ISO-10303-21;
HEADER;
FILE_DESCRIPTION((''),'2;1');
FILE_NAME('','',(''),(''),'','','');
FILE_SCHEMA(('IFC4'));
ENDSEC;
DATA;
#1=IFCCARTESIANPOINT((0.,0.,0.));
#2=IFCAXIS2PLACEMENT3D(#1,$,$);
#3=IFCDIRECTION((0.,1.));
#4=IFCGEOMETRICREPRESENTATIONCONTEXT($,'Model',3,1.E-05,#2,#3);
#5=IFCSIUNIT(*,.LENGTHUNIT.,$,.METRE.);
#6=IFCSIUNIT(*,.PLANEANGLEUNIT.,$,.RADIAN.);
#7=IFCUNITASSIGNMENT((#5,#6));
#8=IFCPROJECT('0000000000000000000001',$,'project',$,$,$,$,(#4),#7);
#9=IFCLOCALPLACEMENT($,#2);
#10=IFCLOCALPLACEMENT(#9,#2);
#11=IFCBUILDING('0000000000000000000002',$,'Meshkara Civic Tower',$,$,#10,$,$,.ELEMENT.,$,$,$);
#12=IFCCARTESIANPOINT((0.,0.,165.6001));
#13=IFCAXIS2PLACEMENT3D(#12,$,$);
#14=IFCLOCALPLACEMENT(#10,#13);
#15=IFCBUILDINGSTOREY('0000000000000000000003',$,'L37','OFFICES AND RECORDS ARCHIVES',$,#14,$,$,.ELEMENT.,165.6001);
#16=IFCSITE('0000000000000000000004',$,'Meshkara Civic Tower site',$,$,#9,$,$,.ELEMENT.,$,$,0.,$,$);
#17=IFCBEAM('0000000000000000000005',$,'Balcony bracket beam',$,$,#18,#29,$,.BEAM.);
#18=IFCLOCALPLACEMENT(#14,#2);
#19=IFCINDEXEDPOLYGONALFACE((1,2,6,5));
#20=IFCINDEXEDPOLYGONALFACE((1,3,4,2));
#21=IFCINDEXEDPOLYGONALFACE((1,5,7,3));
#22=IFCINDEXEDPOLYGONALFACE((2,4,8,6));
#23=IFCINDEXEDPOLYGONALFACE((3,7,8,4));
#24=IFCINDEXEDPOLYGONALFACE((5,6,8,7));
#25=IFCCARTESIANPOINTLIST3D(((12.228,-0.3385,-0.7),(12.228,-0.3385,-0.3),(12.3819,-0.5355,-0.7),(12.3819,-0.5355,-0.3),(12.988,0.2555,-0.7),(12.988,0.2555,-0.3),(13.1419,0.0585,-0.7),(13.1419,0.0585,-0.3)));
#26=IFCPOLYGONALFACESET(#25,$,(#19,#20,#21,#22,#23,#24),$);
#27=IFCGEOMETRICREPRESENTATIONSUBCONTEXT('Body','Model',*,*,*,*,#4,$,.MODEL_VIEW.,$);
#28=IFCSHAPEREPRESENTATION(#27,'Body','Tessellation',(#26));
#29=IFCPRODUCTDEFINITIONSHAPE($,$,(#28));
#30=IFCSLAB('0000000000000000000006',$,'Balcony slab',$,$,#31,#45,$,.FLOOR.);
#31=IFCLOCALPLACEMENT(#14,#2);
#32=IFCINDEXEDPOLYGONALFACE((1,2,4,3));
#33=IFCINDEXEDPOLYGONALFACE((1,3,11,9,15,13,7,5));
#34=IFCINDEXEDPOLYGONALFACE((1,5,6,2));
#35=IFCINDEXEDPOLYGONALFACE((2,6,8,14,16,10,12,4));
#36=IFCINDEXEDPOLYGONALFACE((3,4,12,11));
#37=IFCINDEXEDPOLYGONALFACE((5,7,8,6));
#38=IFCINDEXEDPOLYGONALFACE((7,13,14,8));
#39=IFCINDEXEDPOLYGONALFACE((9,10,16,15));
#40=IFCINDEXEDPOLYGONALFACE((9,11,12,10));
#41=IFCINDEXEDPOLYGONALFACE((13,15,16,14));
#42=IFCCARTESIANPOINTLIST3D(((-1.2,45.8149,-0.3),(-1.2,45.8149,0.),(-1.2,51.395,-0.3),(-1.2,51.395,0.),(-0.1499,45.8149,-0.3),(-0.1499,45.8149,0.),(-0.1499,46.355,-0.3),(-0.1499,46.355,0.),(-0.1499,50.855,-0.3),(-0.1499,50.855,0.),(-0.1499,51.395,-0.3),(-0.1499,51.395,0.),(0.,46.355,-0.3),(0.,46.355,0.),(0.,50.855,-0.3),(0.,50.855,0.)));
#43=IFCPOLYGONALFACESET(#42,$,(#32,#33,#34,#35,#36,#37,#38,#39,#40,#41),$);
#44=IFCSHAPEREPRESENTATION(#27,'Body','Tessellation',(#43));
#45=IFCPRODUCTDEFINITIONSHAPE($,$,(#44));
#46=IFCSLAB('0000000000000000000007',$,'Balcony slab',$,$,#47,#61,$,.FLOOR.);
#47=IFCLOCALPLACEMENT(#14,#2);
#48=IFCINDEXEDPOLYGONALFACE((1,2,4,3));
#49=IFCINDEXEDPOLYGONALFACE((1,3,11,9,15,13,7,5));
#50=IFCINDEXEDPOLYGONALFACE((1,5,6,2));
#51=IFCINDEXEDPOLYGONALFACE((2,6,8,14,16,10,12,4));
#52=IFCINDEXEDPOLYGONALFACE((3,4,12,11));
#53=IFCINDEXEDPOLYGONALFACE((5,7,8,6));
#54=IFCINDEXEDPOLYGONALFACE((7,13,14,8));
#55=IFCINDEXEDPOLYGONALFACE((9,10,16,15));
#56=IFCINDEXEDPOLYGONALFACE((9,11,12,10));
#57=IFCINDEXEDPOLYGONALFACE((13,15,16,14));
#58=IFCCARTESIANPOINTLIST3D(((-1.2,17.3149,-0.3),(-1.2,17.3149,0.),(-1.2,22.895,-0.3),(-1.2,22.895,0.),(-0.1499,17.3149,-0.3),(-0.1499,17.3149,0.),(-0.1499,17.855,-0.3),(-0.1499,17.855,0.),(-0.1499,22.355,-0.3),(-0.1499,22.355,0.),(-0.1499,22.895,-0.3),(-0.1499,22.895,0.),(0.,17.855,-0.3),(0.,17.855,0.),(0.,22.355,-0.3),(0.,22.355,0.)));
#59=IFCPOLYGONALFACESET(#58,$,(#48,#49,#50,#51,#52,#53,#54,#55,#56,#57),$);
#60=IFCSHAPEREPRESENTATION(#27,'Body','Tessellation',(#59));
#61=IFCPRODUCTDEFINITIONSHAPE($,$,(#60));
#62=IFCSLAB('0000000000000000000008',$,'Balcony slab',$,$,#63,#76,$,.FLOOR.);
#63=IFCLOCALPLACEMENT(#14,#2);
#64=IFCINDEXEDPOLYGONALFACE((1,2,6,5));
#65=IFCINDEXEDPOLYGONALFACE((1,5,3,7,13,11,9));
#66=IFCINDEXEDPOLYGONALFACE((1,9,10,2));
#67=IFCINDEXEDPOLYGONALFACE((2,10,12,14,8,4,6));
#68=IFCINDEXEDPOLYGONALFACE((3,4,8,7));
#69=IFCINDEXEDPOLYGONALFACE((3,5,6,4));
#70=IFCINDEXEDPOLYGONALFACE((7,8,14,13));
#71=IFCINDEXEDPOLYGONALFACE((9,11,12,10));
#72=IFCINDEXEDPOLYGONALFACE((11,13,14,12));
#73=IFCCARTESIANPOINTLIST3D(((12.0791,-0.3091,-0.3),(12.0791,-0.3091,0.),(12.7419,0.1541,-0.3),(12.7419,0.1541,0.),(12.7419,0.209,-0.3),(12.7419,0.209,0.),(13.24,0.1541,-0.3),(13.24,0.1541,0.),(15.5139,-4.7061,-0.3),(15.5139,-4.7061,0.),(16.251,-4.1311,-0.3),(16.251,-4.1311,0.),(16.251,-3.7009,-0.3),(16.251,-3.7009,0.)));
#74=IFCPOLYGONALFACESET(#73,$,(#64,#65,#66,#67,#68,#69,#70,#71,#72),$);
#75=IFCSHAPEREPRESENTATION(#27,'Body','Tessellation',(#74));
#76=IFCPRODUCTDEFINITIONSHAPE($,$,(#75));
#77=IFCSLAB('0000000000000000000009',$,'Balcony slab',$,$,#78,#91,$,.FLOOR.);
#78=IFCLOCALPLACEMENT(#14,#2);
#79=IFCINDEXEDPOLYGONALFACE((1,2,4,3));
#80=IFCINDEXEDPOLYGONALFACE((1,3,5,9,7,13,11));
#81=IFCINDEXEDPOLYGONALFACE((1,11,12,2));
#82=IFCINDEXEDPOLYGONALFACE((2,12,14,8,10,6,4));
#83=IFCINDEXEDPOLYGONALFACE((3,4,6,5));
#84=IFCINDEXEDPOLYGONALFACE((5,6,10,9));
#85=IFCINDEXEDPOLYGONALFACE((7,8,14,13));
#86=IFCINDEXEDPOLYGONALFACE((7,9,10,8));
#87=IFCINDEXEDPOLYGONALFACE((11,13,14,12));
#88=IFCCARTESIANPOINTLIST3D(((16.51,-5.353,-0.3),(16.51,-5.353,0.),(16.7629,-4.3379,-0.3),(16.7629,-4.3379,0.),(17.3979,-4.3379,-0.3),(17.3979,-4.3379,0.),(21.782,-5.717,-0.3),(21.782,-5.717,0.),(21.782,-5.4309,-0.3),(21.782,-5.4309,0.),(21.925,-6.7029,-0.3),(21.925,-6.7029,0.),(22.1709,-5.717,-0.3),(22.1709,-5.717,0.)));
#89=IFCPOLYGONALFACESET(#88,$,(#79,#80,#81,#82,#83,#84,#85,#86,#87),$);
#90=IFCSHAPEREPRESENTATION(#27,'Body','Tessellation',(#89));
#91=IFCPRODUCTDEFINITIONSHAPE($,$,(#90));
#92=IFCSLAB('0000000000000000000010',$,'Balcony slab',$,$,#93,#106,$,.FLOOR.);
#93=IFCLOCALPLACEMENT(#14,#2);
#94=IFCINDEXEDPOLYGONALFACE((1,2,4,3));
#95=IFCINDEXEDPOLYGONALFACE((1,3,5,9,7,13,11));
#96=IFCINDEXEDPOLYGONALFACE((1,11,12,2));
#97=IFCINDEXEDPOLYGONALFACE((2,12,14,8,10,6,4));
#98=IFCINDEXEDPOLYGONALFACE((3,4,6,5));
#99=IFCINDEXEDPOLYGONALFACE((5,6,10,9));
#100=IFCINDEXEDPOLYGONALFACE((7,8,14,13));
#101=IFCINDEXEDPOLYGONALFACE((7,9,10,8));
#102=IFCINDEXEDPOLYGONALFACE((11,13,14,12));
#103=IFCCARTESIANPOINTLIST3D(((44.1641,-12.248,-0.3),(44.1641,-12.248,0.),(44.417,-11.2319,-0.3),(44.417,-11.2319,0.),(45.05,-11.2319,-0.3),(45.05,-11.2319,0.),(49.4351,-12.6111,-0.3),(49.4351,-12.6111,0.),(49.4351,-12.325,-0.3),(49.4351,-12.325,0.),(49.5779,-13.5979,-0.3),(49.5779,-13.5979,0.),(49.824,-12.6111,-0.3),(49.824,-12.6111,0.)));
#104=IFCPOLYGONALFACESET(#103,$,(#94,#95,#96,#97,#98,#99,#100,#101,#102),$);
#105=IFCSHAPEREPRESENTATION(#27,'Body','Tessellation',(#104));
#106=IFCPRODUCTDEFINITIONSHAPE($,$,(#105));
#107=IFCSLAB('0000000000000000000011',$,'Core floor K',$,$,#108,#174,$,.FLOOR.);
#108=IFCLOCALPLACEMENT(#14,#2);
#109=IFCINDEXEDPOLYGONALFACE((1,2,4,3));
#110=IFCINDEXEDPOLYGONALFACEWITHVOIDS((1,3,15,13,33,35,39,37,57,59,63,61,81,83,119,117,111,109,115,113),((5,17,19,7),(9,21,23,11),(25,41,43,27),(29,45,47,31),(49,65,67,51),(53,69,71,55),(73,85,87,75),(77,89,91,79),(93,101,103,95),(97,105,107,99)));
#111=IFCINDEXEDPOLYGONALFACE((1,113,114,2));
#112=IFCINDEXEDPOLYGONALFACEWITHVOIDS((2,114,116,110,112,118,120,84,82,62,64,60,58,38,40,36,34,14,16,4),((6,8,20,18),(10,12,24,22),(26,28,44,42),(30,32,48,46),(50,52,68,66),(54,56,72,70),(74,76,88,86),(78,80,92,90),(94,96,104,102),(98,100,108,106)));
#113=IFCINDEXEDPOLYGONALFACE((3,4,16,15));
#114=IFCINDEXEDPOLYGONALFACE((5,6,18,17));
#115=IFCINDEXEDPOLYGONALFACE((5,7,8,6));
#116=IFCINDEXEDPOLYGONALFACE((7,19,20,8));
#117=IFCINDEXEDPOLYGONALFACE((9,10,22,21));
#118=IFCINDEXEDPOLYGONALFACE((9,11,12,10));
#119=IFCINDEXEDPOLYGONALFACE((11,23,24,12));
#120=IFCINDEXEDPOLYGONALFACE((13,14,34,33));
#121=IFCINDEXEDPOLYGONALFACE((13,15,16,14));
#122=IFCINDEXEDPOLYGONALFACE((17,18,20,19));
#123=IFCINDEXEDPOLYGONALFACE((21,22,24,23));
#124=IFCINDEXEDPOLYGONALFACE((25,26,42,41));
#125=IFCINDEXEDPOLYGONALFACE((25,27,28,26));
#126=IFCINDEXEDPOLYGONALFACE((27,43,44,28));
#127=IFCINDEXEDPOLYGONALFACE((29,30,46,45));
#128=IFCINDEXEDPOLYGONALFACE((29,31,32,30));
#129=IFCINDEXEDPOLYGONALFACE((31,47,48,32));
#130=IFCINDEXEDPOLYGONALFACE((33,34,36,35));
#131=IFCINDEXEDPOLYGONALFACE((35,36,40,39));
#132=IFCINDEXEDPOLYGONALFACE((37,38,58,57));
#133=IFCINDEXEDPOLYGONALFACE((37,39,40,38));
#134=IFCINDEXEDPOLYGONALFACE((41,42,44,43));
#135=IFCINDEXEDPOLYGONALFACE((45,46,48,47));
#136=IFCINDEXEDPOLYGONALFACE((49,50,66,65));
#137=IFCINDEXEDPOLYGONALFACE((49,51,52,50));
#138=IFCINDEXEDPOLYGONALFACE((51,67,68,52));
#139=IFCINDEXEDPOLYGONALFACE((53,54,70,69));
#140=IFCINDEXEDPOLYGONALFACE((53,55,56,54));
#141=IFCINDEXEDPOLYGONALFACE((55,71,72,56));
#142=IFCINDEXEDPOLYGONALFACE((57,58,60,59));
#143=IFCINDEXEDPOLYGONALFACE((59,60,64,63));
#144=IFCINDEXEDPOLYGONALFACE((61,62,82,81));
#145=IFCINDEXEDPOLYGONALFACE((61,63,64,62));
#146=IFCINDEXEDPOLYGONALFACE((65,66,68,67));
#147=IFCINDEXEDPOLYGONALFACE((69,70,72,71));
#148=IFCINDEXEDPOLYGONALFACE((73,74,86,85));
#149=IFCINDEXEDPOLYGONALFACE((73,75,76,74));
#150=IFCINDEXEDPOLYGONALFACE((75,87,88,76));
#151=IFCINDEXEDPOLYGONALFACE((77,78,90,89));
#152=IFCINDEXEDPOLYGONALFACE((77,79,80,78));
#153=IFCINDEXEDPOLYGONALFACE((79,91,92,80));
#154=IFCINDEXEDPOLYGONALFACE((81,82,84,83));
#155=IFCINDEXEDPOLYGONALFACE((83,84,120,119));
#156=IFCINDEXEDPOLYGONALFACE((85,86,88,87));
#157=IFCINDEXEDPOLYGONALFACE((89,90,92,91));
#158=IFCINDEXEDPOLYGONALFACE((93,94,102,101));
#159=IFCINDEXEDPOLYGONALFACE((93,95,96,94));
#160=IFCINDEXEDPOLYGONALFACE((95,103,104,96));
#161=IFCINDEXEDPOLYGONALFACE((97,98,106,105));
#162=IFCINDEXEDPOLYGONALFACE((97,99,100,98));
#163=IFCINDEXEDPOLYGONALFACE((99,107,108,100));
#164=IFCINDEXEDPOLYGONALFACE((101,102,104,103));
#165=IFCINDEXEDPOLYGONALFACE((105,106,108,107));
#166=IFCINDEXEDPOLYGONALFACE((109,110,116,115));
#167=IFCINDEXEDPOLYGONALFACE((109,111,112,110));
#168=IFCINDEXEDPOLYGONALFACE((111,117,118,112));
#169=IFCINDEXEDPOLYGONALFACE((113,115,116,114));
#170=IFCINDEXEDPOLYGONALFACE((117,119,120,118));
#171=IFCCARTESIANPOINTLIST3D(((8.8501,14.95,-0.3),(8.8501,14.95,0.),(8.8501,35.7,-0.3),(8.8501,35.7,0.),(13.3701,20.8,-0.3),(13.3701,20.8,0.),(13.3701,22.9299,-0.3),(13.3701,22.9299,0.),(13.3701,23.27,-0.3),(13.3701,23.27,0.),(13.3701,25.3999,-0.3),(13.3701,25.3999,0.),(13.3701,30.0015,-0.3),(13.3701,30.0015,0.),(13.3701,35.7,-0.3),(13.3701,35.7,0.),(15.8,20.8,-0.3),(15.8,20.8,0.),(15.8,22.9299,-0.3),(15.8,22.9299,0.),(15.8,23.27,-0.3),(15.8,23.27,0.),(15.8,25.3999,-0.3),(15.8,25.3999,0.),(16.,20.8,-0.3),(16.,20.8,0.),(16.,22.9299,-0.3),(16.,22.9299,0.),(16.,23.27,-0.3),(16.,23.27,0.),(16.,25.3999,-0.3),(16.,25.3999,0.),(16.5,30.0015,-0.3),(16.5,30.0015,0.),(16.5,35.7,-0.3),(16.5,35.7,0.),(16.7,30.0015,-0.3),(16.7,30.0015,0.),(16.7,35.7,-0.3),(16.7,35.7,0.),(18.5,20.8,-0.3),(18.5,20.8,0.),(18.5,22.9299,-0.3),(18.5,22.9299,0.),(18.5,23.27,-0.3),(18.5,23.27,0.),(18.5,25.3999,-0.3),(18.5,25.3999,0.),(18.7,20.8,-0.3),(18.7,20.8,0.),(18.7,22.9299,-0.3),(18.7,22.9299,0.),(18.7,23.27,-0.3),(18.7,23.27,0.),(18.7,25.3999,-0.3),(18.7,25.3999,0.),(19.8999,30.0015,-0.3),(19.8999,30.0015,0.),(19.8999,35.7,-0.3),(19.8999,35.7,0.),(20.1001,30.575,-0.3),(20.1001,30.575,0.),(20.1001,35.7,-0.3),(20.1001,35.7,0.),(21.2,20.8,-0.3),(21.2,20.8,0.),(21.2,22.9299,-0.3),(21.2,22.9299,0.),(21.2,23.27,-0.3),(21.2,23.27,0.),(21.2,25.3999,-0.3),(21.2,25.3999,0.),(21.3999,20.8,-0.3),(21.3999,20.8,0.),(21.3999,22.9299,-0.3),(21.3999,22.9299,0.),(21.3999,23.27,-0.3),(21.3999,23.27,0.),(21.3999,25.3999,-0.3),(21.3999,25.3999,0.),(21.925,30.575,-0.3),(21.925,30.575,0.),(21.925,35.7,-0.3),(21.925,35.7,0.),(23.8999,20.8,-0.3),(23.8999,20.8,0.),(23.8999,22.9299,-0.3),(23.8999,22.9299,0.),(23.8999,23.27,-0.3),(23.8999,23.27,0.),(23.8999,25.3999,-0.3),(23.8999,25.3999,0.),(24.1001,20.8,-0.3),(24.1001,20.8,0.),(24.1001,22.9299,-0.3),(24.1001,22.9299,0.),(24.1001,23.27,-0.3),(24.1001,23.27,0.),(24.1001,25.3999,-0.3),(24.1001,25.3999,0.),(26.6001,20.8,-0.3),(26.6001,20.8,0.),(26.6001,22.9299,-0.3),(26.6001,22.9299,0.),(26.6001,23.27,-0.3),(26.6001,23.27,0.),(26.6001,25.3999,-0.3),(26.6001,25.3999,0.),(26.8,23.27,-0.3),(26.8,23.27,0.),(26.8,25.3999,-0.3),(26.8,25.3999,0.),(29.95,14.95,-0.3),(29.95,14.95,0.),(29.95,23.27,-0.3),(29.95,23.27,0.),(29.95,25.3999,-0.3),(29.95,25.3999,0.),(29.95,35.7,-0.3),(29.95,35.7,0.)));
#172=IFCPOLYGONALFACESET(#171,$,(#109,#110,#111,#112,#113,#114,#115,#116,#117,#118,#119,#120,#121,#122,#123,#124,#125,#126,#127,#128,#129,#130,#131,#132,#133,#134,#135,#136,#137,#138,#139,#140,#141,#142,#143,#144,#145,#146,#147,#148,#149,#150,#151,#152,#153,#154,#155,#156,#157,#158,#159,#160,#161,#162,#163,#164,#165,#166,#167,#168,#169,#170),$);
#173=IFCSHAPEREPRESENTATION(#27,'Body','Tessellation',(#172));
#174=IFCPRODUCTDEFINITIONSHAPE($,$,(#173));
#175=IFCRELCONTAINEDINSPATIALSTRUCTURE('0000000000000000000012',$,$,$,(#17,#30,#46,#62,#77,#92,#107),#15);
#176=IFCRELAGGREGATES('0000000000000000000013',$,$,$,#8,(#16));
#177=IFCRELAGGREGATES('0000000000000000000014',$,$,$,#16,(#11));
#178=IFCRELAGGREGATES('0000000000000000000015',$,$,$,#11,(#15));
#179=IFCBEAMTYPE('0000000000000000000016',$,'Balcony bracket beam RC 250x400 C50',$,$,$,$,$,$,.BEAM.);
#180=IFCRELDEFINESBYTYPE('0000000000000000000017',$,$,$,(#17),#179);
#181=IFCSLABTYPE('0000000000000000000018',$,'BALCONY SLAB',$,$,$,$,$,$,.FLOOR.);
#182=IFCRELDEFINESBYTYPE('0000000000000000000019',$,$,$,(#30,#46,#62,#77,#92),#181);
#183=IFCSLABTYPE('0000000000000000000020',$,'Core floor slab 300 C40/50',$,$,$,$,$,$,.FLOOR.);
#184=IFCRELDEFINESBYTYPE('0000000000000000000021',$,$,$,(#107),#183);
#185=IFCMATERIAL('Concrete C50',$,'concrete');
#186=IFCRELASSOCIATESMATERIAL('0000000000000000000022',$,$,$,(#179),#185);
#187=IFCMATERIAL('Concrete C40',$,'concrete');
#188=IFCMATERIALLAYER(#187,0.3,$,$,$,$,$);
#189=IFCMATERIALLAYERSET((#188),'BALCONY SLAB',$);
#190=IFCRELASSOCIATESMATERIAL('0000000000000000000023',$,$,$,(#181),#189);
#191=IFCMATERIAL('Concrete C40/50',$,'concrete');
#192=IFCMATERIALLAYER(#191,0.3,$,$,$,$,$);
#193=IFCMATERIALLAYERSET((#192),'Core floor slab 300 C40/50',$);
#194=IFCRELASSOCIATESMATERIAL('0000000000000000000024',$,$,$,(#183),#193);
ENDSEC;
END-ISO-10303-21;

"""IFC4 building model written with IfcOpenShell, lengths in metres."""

from ifc_helpers import new_model, si_unit, direction, frame, origin, origin_2d, place, context, subcontext, project, spatial, polyline, rectangle, outline, extrude, material, layer, layer_set, material_profile, profile_set, type_object, element, save


model = new_model("IFC4")

# Units and contexts
model_context = context("Model", 3, precision=1e-05, world=origin(), true_north=direction((0.0, 1.0)))
body_context = subcontext(model_context, "Body", "Model", "MODEL_VIEW")
ifc_project = project(units=[si_unit("LENGTHUNIT", "METRE"), si_unit("PLANEANGLEUNIT", "RADIAN")], contexts=[model_context])

# Site, building, storey
site_placement = place(None, origin())
site = spatial("IfcSite", under=ifc_project, at=site_placement, Name="Meshkara Civic Tower site", CompositionType="ELEMENT", RefElevation=0.0)
building_placement = place(site_placement, origin())
building = spatial("IfcBuilding", under=site, at=building_placement, Name="Meshkara Civic Tower", CompositionType="ELEMENT")
storey_placement = place(building_placement, frame((0.0, 0.0, 165.6001)))
storey = spatial("IfcBuildingStorey", under=building, at=storey_placement, Name="L37", Description="OFFICES AND RECORDS ARCHIVES", CompositionType="ELEMENT", Elevation=165.6001)

# Beam
ifc_material_1 = material(Name="Concrete C50", Category="concrete")
ifc_material_profile = material_profile(ifc_material_1, rectangle(XDim=0.25, YDim=0.3999, at=origin_2d()))
ifc_profile_set = profile_set([ifc_material_profile], Name="Concrete C50")
beam_type = type_object("IfcBeamType", Name="Balcony bracket beam RC 250x400 C50", PredefinedType="BEAM", material=ifc_profile_set)
beam_placement = place(storey_placement, frame((13.0649, 0.157, -0.5), z_axis=(-0.787905, -0.615796, 0.0), x_axis=(0.615796, -0.787905, 0.0)))
element("IfcBeam", 1, at=beam_placement, inside=storey, type_object=beam_type, Name="Balcony bracket beam", PredefinedType="BEAM", context=body_context, shape_type="SweptSolid", body=[
    extrude(rectangle(XDim=0.25, YDim=0.3999, at=origin_2d()), origin(), (0.0, 0.0, 1.0), 0.9646),
])

# Slabs
ifc_material_2 = material(Name="Concrete C40", Category="concrete")
ifc_layer_1 = layer(ifc_material_2, 0.3)
ifc_layer_set_1 = layer_set([ifc_layer_1], Name="BALCONY SLAB")
slab_type_1 = type_object("IfcSlabType", Name="BALCONY SLAB", PredefinedType="FLOOR", material=ifc_layer_set_1)
slab_1_placement = place(storey_placement, frame((0.0, 0.0, -0.3)))
element("IfcSlab", 2, at=slab_1_placement, inside=storey, type_object=slab_type_1, Name="Balcony slab", PredefinedType="FLOOR", context=body_context, shape_type="SweptSolid", body=[
    extrude(outline(polyline([(-1.2, 45.8149), (-1.2, 51.395), (-0.1499, 51.395), (-0.1499, 50.855), (0.0, 50.855), (0.0, 46.355), (-0.1499, 46.355), (-0.1499, 45.8149), (-1.2, 45.8149)])), origin(), (0.0, 0.0, 1.0), 0.3),
])
slab_2_placement = place(storey_placement, frame((0.0, 0.0, -0.3)))
element("IfcSlab", 3, at=slab_2_placement, inside=storey, type_object=slab_type_1, Name="Balcony slab", PredefinedType="FLOOR", context=body_context, shape_type="SweptSolid", body=[
    extrude(outline(polyline([(-1.2, 17.3149), (-1.2, 22.895), (-0.1499, 22.895), (-0.1499, 22.355), (0.0, 22.355), (0.0, 17.855), (-0.1499, 17.855), (-0.1499, 17.3149), (-1.2, 17.3149)])), origin(), (0.0, 0.0, 1.0), 0.3),
])
slab_3_placement = place(storey_placement, frame((0.0, 0.0, -0.3)))
element("IfcSlab", 4, at=slab_3_placement, inside=storey, type_object=slab_type_1, Name="Balcony slab", PredefinedType="FLOOR", context=body_context, shape_type="SweptSolid", body=[
    extrude(outline(polyline([(15.5139, -4.7061), (12.0791, -0.3091), (12.7419, 0.209), (12.7419, 0.1541), (13.24, 0.1541), (16.251, -3.7009), (16.251, -4.1311), (15.5139, -4.7061)])), origin(), (0.0, 0.0, 1.0), 0.3),
])
slab_4_placement = place(storey_placement, frame((0.0, 0.0, -0.3)))
element("IfcSlab", 5, at=slab_4_placement, inside=storey, type_object=slab_type_1, Name="Balcony slab", PredefinedType="FLOOR", context=body_context, shape_type="SweptSolid", body=[
    extrude(outline(polyline([(21.925, -6.7029), (16.51, -5.353), (16.7629, -4.3379), (17.3979, -4.3379), (21.782, -5.4309), (21.782, -5.717), (22.1709, -5.717), (21.925, -6.7029)])), origin(), (0.0, 0.0, 1.0), 0.3),
])
slab_5_placement = place(storey_placement, frame((0.0, 0.0, -0.3)))
element("IfcSlab", 6, at=slab_5_placement, inside=storey, type_object=slab_type_1, Name="Balcony slab", PredefinedType="FLOOR", context=body_context, shape_type="SweptSolid", body=[
    extrude(outline(polyline([(49.5779, -13.5979), (44.1641, -12.248), (44.417, -11.2319), (45.05, -11.2319), (49.4351, -12.325), (49.4351, -12.6111), (49.824, -12.6111), (49.5779, -13.5979)])), origin(), (0.0, 0.0, 1.0), 0.3),
])
ifc_material_3 = material(Name="Concrete C40/50", Category="concrete")
ifc_layer_2 = layer(ifc_material_3, 0.3)
ifc_layer_set_2 = layer_set([ifc_layer_2], Name="Core floor slab 300 C40/50")
slab_type_2 = type_object("IfcSlabType", Name="Core floor slab 300 C40/50", PredefinedType="FLOOR", material=ifc_layer_set_2)
slab_6_placement = place(storey_placement, frame((0.0, 0.0, -0.3)))
element("IfcSlab", 7, at=slab_6_placement, inside=storey, type_object=slab_type_2, Name="Core floor K", PredefinedType="FLOOR", context=body_context, shape_type="SweptSolid", body=[
    extrude(outline(polyline([(8.8501, 35.7), (13.3701, 35.7), (13.3701, 30.0015), (16.5, 30.0015), (16.5, 35.7), (16.7, 35.7), (16.7, 30.0015), (19.8999, 30.0015), (19.8999, 35.7), (20.1001, 35.7), (20.1001, 30.575), (21.925, 30.575), (21.925, 35.7), (29.95, 35.7), (29.95, 25.3999), (26.8, 25.3999), (26.8, 23.27), (29.95, 23.27), (29.95, 14.95), (8.8501, 14.95), (8.8501, 35.7)]), holes=[polyline([(15.8, 22.9299), (13.3701, 22.9299), (13.3701, 20.8), (15.8, 20.8), (15.8, 22.9299)]), polyline([(16.0, 22.9299), (16.0, 20.8), (18.5, 20.8), (18.5, 22.9299), (16.0, 22.9299)]), polyline([(18.7, 22.9299), (18.7, 20.8), (21.2, 20.8), (21.2, 22.9299), (18.7, 22.9299)]), polyline([(15.8, 23.27), (15.8, 25.3999), (13.3701, 25.3999), (13.3701, 23.27), (15.8, 23.27)]), polyline([(16.0, 25.3999), (16.0, 23.27), (18.5, 23.27), (18.5, 25.3999), (16.0, 25.3999)]), polyline([(21.3999, 20.8), (23.8999, 20.8), (23.8999, 22.9299), (21.3999, 22.9299), (21.3999, 20.8)]), polyline([(24.1001, 20.8), (26.6001, 20.8), (26.6001, 22.9299), (24.1001, 22.9299), (24.1001, 20.8)]), polyline([(18.7, 25.3999), (18.7, 23.27), (21.2, 23.27), (21.2, 25.3999), (18.7, 25.3999)]), polyline([(21.3999, 25.3999), (21.3999, 23.27), (23.8999, 23.27), (23.8999, 25.3999), (21.3999, 25.3999)]), polyline([(24.1001, 23.27), (26.6001, 23.27), (26.6001, 25.3999), (24.1001, 25.3999), (24.1001, 23.27)])]), origin(), (0.0, 0.0, 1.0), 0.3),
])

save(model, "model.ifc")
